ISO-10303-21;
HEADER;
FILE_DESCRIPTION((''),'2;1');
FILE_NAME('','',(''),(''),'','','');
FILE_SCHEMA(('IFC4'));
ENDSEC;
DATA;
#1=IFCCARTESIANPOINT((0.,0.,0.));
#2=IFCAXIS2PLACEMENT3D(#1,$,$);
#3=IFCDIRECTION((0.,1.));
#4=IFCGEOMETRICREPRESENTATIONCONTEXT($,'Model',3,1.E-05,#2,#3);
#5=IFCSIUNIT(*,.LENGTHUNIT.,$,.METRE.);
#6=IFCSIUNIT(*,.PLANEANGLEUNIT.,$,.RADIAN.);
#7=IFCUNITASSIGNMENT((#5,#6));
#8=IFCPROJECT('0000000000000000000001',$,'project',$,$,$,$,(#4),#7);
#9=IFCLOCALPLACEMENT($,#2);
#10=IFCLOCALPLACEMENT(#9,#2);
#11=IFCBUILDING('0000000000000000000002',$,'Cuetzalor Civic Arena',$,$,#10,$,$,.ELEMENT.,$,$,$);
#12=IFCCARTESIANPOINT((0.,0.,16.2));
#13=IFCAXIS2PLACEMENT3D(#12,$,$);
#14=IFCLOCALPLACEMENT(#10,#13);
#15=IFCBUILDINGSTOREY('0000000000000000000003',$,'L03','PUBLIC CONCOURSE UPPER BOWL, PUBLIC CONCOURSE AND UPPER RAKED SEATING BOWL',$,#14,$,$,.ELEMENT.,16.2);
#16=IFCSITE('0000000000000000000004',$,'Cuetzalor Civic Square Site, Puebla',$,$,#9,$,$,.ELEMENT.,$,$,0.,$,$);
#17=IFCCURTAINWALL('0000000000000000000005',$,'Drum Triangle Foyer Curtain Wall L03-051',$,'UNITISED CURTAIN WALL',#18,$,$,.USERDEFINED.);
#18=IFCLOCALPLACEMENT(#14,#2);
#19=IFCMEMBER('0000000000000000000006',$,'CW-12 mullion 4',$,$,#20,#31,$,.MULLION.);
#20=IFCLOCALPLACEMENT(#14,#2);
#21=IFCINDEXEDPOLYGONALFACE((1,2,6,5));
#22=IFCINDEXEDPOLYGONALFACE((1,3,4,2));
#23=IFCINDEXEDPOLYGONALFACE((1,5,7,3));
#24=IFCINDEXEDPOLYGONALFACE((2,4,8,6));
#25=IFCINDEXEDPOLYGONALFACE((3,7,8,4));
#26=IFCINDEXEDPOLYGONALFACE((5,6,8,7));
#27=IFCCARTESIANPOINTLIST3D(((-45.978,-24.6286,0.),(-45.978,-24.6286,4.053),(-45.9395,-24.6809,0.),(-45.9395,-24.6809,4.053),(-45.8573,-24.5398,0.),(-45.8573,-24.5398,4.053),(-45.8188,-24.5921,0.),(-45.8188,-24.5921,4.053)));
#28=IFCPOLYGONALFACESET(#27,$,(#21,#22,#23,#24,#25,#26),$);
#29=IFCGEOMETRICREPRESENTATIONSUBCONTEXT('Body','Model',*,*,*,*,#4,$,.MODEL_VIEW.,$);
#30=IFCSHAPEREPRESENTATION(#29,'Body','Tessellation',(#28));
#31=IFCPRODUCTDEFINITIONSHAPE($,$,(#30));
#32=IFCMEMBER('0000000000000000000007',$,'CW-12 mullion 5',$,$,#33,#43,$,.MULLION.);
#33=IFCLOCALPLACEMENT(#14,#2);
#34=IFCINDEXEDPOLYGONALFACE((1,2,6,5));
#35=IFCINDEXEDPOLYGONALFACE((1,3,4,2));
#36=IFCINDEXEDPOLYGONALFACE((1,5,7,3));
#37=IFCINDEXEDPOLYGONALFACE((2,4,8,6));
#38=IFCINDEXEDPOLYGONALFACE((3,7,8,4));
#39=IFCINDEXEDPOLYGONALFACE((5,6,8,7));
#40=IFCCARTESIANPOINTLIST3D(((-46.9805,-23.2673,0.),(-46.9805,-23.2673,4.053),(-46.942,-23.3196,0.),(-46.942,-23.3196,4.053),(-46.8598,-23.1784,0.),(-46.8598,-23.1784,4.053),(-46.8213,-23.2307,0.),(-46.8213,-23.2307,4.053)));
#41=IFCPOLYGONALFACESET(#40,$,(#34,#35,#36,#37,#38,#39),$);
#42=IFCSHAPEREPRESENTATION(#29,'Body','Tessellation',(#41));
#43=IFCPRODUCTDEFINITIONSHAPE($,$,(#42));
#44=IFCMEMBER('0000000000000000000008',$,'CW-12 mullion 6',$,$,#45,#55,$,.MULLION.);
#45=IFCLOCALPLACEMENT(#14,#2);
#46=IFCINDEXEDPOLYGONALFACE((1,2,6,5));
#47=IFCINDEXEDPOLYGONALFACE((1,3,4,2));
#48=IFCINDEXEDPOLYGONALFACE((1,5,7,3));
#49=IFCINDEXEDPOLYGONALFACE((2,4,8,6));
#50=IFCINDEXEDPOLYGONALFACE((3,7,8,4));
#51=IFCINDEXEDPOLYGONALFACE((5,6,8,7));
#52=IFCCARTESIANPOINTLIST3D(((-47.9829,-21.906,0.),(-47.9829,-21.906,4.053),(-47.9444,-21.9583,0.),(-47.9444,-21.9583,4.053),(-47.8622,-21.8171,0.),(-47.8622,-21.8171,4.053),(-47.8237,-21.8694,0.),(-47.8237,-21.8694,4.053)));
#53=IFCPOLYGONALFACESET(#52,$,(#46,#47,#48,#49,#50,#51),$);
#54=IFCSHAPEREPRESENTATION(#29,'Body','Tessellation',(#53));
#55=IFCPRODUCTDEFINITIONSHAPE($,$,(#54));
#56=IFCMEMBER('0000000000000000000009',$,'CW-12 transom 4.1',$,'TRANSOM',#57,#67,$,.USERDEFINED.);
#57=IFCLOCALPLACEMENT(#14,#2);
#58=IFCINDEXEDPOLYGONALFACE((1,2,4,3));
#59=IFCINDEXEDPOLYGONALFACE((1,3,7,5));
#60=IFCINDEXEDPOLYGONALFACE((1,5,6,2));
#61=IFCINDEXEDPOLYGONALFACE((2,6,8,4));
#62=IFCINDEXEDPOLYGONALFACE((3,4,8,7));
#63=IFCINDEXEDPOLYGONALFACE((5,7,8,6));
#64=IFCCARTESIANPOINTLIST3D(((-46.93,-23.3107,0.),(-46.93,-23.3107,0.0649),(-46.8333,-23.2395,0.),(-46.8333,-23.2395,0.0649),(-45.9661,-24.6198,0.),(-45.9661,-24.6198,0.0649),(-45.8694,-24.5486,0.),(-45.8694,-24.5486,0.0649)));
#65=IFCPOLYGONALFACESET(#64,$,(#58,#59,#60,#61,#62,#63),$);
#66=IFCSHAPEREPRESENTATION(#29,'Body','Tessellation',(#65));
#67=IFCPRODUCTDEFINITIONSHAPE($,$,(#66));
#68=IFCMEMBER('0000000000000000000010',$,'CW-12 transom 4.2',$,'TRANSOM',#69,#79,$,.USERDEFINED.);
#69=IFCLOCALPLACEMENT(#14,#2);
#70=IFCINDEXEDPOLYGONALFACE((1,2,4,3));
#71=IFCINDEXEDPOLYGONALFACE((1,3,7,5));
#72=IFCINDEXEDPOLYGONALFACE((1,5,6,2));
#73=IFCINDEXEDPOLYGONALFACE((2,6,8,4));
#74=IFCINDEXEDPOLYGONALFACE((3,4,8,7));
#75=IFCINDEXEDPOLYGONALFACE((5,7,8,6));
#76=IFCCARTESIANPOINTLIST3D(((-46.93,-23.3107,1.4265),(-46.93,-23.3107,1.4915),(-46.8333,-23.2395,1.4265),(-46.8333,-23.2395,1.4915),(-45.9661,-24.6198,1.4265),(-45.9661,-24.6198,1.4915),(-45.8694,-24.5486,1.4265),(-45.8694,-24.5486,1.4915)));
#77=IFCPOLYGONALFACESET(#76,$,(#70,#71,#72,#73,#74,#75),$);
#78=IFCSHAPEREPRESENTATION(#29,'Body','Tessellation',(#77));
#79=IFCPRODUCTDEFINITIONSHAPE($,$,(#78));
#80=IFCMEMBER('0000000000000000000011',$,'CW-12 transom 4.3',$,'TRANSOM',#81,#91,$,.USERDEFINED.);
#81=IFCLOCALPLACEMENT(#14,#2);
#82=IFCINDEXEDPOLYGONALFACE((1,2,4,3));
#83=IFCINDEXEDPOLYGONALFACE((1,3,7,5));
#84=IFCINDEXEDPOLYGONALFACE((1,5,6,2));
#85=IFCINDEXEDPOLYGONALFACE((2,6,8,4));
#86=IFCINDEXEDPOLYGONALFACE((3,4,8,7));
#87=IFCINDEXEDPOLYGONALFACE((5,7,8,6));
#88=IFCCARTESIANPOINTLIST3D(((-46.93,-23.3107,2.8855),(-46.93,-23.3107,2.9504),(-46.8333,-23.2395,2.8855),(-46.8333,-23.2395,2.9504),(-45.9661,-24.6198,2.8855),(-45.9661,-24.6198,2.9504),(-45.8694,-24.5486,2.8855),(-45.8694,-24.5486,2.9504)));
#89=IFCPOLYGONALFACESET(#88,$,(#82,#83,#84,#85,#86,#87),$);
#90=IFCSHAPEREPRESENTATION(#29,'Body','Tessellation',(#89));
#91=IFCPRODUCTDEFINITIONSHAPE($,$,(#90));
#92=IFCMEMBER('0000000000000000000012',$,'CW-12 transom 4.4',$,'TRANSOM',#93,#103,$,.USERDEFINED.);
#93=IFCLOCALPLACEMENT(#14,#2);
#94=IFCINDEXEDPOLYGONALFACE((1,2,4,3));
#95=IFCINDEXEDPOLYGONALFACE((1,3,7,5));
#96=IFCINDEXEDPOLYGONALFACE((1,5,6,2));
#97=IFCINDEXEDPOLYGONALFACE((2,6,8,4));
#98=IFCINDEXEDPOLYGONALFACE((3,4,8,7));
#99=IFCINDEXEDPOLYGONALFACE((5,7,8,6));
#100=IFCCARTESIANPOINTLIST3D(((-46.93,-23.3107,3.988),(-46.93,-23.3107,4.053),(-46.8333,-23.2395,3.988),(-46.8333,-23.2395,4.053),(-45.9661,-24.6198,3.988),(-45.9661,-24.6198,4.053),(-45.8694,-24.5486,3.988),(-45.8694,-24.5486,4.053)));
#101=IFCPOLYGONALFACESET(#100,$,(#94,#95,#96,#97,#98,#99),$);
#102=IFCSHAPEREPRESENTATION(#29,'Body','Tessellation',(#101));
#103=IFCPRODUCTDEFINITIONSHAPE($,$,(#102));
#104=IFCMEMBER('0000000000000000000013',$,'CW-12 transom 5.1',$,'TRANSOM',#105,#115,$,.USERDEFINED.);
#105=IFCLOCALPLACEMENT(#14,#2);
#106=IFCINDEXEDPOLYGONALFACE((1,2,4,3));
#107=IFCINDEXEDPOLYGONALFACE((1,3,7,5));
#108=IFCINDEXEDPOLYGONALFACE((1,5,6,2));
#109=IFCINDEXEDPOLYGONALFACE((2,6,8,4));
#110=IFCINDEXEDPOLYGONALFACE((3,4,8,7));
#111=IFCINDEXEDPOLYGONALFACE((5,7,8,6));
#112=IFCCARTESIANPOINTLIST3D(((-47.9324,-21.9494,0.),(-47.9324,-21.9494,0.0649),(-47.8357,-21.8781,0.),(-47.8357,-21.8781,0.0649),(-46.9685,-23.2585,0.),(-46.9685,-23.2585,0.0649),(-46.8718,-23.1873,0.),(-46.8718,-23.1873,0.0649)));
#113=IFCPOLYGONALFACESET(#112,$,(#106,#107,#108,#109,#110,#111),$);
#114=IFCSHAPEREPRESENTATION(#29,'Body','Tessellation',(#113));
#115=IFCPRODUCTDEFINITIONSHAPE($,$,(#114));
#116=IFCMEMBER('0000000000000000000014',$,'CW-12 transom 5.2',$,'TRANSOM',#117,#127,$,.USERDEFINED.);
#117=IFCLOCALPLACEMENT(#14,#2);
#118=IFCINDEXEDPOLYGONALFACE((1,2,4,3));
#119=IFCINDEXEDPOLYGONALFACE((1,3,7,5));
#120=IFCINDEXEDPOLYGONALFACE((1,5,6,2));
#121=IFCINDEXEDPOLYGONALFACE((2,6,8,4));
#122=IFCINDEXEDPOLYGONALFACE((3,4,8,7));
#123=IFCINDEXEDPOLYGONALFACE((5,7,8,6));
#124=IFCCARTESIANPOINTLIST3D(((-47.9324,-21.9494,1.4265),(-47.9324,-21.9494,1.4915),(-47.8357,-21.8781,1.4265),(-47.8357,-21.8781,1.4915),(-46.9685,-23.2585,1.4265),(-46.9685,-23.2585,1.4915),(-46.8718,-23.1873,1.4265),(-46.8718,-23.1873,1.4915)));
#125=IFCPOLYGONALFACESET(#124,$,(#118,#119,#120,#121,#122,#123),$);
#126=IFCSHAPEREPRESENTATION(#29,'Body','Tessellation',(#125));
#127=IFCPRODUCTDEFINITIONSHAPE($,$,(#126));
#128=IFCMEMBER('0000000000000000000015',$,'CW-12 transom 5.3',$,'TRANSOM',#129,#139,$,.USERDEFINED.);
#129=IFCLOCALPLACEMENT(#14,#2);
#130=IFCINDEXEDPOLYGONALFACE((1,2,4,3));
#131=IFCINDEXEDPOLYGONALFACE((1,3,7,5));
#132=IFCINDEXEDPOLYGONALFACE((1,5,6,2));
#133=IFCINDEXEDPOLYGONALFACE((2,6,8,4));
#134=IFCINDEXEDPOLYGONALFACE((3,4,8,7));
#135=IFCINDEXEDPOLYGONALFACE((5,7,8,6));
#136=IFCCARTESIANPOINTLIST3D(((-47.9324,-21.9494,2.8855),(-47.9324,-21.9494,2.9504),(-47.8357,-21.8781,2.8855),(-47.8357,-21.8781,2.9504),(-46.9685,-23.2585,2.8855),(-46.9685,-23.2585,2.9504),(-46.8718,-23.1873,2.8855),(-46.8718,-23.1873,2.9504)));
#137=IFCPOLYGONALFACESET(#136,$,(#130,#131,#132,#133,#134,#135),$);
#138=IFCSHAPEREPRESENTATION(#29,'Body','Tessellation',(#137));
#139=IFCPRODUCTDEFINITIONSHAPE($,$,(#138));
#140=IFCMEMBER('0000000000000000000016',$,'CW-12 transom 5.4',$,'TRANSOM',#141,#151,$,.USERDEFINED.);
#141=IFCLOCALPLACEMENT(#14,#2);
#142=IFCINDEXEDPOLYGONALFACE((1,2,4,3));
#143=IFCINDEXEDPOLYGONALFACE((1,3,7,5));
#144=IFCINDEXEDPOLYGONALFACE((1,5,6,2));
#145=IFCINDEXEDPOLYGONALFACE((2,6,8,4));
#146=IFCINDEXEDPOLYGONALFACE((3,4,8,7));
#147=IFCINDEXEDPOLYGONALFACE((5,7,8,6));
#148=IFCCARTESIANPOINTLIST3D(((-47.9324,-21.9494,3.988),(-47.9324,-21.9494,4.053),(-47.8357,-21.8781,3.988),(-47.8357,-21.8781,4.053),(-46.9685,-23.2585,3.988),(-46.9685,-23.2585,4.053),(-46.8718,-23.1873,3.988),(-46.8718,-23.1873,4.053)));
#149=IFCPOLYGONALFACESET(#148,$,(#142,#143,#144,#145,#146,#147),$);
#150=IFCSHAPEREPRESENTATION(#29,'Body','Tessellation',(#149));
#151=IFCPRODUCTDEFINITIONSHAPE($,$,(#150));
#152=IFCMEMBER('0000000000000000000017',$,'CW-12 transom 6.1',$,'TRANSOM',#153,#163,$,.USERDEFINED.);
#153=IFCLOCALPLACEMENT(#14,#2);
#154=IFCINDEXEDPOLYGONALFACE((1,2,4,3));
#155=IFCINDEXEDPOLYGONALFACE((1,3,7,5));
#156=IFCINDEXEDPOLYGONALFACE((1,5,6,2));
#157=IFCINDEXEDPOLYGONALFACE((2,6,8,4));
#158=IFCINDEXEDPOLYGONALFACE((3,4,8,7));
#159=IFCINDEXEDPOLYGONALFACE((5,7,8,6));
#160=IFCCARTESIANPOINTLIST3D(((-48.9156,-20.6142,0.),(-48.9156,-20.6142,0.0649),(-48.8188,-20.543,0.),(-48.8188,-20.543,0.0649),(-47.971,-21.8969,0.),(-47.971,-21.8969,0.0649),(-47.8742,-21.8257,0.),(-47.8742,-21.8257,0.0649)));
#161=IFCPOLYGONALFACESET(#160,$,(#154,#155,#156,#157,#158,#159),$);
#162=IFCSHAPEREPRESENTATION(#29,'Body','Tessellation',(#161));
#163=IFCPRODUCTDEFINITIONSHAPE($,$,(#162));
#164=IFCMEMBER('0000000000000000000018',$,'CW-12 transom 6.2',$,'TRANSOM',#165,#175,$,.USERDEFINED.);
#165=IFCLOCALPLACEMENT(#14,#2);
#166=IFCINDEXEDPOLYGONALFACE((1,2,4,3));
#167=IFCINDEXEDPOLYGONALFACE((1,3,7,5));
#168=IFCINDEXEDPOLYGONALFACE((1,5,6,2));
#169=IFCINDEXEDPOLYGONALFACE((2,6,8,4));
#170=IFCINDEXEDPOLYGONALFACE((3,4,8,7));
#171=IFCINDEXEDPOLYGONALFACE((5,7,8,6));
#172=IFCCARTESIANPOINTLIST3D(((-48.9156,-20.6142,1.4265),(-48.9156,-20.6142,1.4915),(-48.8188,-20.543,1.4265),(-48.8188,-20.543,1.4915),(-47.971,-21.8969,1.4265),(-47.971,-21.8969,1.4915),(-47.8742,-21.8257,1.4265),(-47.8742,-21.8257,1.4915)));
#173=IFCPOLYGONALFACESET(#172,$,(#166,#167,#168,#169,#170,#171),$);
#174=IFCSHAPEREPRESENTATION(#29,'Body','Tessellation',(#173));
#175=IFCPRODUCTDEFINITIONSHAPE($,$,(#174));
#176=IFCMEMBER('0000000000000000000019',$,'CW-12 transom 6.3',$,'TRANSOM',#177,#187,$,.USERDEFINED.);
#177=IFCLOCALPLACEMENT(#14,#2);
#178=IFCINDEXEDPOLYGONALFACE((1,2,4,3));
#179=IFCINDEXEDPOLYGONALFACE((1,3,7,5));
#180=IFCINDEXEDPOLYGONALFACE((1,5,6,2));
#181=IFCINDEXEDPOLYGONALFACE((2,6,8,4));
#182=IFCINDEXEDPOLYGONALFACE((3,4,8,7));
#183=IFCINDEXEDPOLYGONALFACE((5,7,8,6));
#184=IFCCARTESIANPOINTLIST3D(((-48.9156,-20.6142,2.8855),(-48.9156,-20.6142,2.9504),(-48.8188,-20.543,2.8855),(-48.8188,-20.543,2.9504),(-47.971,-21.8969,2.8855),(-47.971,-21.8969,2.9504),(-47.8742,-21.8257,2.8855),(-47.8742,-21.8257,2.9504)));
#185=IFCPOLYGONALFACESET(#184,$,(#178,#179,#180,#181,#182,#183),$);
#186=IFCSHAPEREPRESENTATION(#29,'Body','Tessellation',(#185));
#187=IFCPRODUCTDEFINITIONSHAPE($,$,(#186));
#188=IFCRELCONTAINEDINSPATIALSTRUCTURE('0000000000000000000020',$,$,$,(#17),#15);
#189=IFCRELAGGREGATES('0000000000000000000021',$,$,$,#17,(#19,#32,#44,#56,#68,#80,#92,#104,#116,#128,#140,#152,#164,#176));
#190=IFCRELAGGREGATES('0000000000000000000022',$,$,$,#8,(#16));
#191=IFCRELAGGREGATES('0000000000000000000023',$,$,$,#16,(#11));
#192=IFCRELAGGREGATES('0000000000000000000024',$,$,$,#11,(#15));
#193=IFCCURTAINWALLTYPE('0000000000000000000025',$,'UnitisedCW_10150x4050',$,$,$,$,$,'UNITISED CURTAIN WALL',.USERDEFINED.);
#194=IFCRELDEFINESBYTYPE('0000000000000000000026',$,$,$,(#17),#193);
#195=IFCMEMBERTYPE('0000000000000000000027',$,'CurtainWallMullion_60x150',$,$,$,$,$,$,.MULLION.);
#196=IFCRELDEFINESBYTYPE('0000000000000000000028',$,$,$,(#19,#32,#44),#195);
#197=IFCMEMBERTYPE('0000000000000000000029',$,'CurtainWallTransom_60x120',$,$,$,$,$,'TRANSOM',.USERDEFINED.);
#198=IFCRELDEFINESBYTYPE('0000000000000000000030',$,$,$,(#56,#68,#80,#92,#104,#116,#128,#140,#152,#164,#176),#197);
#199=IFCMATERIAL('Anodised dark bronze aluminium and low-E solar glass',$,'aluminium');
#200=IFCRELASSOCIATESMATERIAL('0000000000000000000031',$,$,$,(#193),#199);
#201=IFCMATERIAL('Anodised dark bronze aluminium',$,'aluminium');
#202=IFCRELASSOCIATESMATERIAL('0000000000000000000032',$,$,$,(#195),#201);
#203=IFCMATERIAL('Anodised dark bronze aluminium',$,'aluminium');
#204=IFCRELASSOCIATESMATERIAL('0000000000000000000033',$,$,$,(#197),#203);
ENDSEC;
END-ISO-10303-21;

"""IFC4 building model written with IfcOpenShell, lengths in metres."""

from ifc_helpers import new_model, si_unit, direction, frame, origin, origin_2d, place, context, subcontext, project, spatial, rectangle, extrude, material, material_profile, profile_set, type_object, element, aggregate, save


model = new_model("IFC4")

# Units and contexts
model_context = context("Model", 3, precision=1e-05, world=origin(), true_north=direction((0.0, 1.0)))
body_context = subcontext(model_context, "Body", "Model", "MODEL_VIEW")
ifc_project = project(units=[si_unit("LENGTHUNIT", "METRE"), si_unit("PLANEANGLEUNIT", "RADIAN")], contexts=[model_context])

# Site, building, storey
site_placement = place(None, origin())
site = spatial("IfcSite", under=ifc_project, at=site_placement, Name="Cuetzalor Civic Square Site, Puebla", CompositionType="ELEMENT", RefElevation=0.0)
building_placement = place(site_placement, origin())
building = spatial("IfcBuilding", under=site, at=building_placement, Name="Cuetzalor Civic Arena", CompositionType="ELEMENT")
storey_placement = place(building_placement, frame((0.0, 0.0, 16.2)))
storey = spatial("IfcBuildingStorey", under=building, at=storey_placement, Name="L03", Description="PUBLIC CONCOURSE UPPER BOWL, PUBLIC CONCOURSE AND UPPER RAKED SEATING BOWL", CompositionType="ELEMENT", Elevation=16.2)

# Curtain wall, members
ifc_material_1 = material(Name="Anodised dark bronze aluminium and low-E solar glass", Category="aluminium")
curtain_wall_type = type_object("IfcCurtainWallType", Name="UnitisedCW_10150x4050", ElementType="UNITISED CURTAIN WALL", PredefinedType="USERDEFINED", material=ifc_material_1)
curtain_wall_placement = place(storey_placement, origin())
curtain_wall = element("IfcCurtainWall", 1, at=curtain_wall_placement, inside=storey, type_object=curtain_wall_type, Name="Drum Triangle Foyer Curtain Wall L03-051", ObjectType="UNITISED CURTAIN WALL", PredefinedType="USERDEFINED")
ifc_material_2 = material(Name="Anodised dark bronze aluminium", Category="aluminium")
ifc_material_profile_1 = material_profile(ifc_material_2, rectangle(XDim=0.0649, YDim=0.1499, at=origin_2d()), Name="ALU MULLION 65x150")
ifc_profile_set_1 = profile_set([ifc_material_profile_1], Name="Anodised dark bronze aluminium")
member_type_1 = type_object("IfcMemberType", Name="CurtainWallMullion_60x150", PredefinedType="MULLION", material=ifc_profile_set_1)
member_1_placement = place(storey_placement, frame((-45.8984, -24.6104, 0.0), z_axis=(0.0, 0.0, 1.0), x_axis=(-0.592929, 0.805255, 0.0)))
member_1 = element("IfcMember", 2, at=member_1_placement, type_object=member_type_1, Name="CW-12 mullion 4", PredefinedType="MULLION", context=body_context, shape_type="SweptSolid", body=[
    extrude(rectangle(XDim=0.0649, YDim=0.1499, at=origin_2d()), origin(), (0.0, 0.0, 1.0), 4.053),
])
member_2_placement = place(storey_placement, frame((-46.9009, -23.249, 0.0), z_axis=(0.0, 0.0, 1.0), x_axis=(-0.592929, 0.805255, 0.0)))
member_2 = element("IfcMember", 3, at=member_2_placement, type_object=member_type_1, Name="CW-12 mullion 5", PredefinedType="MULLION", context=body_context, shape_type="SweptSolid", body=[
    extrude(rectangle(XDim=0.0649, YDim=0.1499, at=origin_2d()), origin(), (0.0, 0.0, 1.0), 4.053),
])
member_3_placement = place(storey_placement, frame((-47.9033, -21.8877, 0.0), z_axis=(0.0, 0.0, 1.0), x_axis=(-0.592929, 0.805255, 0.0)))
member_3 = element("IfcMember", 4, at=member_3_placement, type_object=member_type_1, Name="CW-12 mullion 6", PredefinedType="MULLION", context=body_context, shape_type="SweptSolid", body=[
    extrude(rectangle(XDim=0.0649, YDim=0.1499, at=origin_2d()), origin(), (0.0, 0.0, 1.0), 4.053),
])
ifc_material_3 = material(Name="Anodised dark bronze aluminium", Category="aluminium")
ifc_material_profile_2 = material_profile(ifc_material_3, rectangle(XDim=0.1201, YDim=0.0649, at=origin_2d()), Name="ALU TRANSOM 65x120")
ifc_profile_set_2 = profile_set([ifc_material_profile_2], Name="Anodised dark bronze aluminium")
member_type_2 = type_object("IfcMemberType", Name="CurtainWallTransom_60x120", ElementType="TRANSOM", PredefinedType="USERDEFINED", material=ifc_profile_set_2)
member_4_placement = place(storey_placement, frame((-45.9177, -24.5842, 0.0325), z_axis=(-0.592912, 0.805267, 0.0), x_axis=(-0.805267, -0.592912, 0.0)))
member_4 = element("IfcMember", 5, at=member_4_placement, type_object=member_type_2, Name="CW-12 transom 4.1", ObjectType="TRANSOM", PredefinedType="USERDEFINED", context=body_context, shape_type="SweptSolid", body=[
    extrude(rectangle(XDim=0.1201, YDim=0.0649, at=origin_2d()), origin(), (0.0, 0.0, 1.0), 1.6257),
])
member_5_placement = place(storey_placement, frame((-45.9177, -24.5842, 1.459), z_axis=(-0.592912, 0.805267, 0.0), x_axis=(-0.805267, -0.592912, 0.0)))
member_5 = element("IfcMember", 6, at=member_5_placement, type_object=member_type_2, Name="CW-12 transom 4.2", ObjectType="TRANSOM", PredefinedType="USERDEFINED", context=body_context, shape_type="SweptSolid", body=[
    extrude(rectangle(XDim=0.1201, YDim=0.0649, at=origin_2d()), origin(), (0.0, 0.0, 1.0), 1.6257),
])
member_6_placement = place(storey_placement, frame((-45.9177, -24.5842, 2.918), z_axis=(-0.592912, 0.805267, 0.0), x_axis=(-0.805267, -0.592912, 0.0)))
member_6 = element("IfcMember", 7, at=member_6_placement, type_object=member_type_2, Name="CW-12 transom 4.3", ObjectType="TRANSOM", PredefinedType="USERDEFINED", context=body_context, shape_type="SweptSolid", body=[
    extrude(rectangle(XDim=0.1201, YDim=0.0649, at=origin_2d()), origin(), (0.0, 0.0, 1.0), 1.6257),
])
member_7_placement = place(storey_placement, frame((-45.9177, -24.5842, 4.0205), z_axis=(-0.592912, 0.805267, 0.0), x_axis=(-0.805267, -0.592912, 0.0)))
member_7 = element("IfcMember", 8, at=member_7_placement, type_object=member_type_2, Name="CW-12 transom 4.4", ObjectType="TRANSOM", PredefinedType="USERDEFINED", context=body_context, shape_type="SweptSolid", body=[
    extrude(rectangle(XDim=0.1201, YDim=0.0649, at=origin_2d()), origin(), (0.0, 0.0, 1.0), 1.6257),
])
member_8_placement = place(storey_placement, frame((-46.9202, -23.2229, 0.0325), z_axis=(-0.592912, 0.805267, 0.0), x_axis=(-0.805267, -0.592912, 0.0)))
member_8 = element("IfcMember", 9, at=member_8_placement, type_object=member_type_2, Name="CW-12 transom 5.1", ObjectType="TRANSOM", PredefinedType="USERDEFINED", context=body_context, shape_type="SweptSolid", body=[
    extrude(rectangle(XDim=0.1201, YDim=0.0649, at=origin_2d()), origin(), (0.0, 0.0, 1.0), 1.6257),
])
member_9_placement = place(storey_placement, frame((-46.9202, -23.2229, 1.459), z_axis=(-0.592912, 0.805267, 0.0), x_axis=(-0.805267, -0.592912, 0.0)))
member_9 = element("IfcMember", 10, at=member_9_placement, type_object=member_type_2, Name="CW-12 transom 5.2", ObjectType="TRANSOM", PredefinedType="USERDEFINED", context=body_context, shape_type="SweptSolid", body=[
    extrude(rectangle(XDim=0.1201, YDim=0.0649, at=origin_2d()), origin(), (0.0, 0.0, 1.0), 1.6257),
])
member_10_placement = place(storey_placement, frame((-46.9202, -23.2229, 2.918), z_axis=(-0.592912, 0.805267, 0.0), x_axis=(-0.805267, -0.592912, 0.0)))
member_10 = element("IfcMember", 11, at=member_10_placement, type_object=member_type_2, Name="CW-12 transom 5.3", ObjectType="TRANSOM", PredefinedType="USERDEFINED", context=body_context, shape_type="SweptSolid", body=[
    extrude(rectangle(XDim=0.1201, YDim=0.0649, at=origin_2d()), origin(), (0.0, 0.0, 1.0), 1.6257),
])
member_11_placement = place(storey_placement, frame((-46.9202, -23.2229, 4.0205), z_axis=(-0.592912, 0.805267, 0.0), x_axis=(-0.805267, -0.592912, 0.0)))
member_11 = element("IfcMember", 12, at=member_11_placement, type_object=member_type_2, Name="CW-12 transom 5.4", ObjectType="TRANSOM", PredefinedType="USERDEFINED", context=body_context, shape_type="SweptSolid", body=[
    extrude(rectangle(XDim=0.1201, YDim=0.0649, at=origin_2d()), origin(), (0.0, 0.0, 1.0), 1.6257),
])
member_12_placement = place(storey_placement, frame((-47.9226, -21.8613, 0.0325), z_axis=(-0.592964, 0.805229, 0.0), x_axis=(-0.805229, -0.592964, 0.0)))
member_12 = element("IfcMember", 13, at=member_12_placement, type_object=member_type_2, Name="CW-12 transom 6.1", ObjectType="TRANSOM", PredefinedType="USERDEFINED", context=body_context, shape_type="SweptSolid", body=[
    extrude(rectangle(XDim=0.1201, YDim=0.0649, at=origin_2d()), origin(), (0.0, 0.0, 1.0), 1.593),
])
member_13_placement = place(storey_placement, frame((-47.9226, -21.8613, 1.459), z_axis=(-0.592964, 0.805229, 0.0), x_axis=(-0.805229, -0.592964, 0.0)))
member_13 = element("IfcMember", 14, at=member_13_placement, type_object=member_type_2, Name="CW-12 transom 6.2", ObjectType="TRANSOM", PredefinedType="USERDEFINED", context=body_context, shape_type="SweptSolid", body=[
    extrude(rectangle(XDim=0.1201, YDim=0.0649, at=origin_2d()), origin(), (0.0, 0.0, 1.0), 1.593),
])
member_14_placement = place(storey_placement, frame((-47.9226, -21.8613, 2.918), z_axis=(-0.592964, 0.805229, 0.0), x_axis=(-0.805229, -0.592964, 0.0)))
member_14 = element("IfcMember", 15, at=member_14_placement, type_object=member_type_2, Name="CW-12 transom 6.3", ObjectType="TRANSOM", PredefinedType="USERDEFINED", context=body_context, shape_type="SweptSolid", body=[
    extrude(rectangle(XDim=0.1201, YDim=0.0649, at=origin_2d()), origin(), (0.0, 0.0, 1.0), 1.593),
])
aggregate(curtain_wall, [member_1, member_2, member_3, member_4, member_5, member_6, member_7, member_8, member_9, member_10, member_11, member_12, member_13, member_14])

save(model, "model.ifc")
